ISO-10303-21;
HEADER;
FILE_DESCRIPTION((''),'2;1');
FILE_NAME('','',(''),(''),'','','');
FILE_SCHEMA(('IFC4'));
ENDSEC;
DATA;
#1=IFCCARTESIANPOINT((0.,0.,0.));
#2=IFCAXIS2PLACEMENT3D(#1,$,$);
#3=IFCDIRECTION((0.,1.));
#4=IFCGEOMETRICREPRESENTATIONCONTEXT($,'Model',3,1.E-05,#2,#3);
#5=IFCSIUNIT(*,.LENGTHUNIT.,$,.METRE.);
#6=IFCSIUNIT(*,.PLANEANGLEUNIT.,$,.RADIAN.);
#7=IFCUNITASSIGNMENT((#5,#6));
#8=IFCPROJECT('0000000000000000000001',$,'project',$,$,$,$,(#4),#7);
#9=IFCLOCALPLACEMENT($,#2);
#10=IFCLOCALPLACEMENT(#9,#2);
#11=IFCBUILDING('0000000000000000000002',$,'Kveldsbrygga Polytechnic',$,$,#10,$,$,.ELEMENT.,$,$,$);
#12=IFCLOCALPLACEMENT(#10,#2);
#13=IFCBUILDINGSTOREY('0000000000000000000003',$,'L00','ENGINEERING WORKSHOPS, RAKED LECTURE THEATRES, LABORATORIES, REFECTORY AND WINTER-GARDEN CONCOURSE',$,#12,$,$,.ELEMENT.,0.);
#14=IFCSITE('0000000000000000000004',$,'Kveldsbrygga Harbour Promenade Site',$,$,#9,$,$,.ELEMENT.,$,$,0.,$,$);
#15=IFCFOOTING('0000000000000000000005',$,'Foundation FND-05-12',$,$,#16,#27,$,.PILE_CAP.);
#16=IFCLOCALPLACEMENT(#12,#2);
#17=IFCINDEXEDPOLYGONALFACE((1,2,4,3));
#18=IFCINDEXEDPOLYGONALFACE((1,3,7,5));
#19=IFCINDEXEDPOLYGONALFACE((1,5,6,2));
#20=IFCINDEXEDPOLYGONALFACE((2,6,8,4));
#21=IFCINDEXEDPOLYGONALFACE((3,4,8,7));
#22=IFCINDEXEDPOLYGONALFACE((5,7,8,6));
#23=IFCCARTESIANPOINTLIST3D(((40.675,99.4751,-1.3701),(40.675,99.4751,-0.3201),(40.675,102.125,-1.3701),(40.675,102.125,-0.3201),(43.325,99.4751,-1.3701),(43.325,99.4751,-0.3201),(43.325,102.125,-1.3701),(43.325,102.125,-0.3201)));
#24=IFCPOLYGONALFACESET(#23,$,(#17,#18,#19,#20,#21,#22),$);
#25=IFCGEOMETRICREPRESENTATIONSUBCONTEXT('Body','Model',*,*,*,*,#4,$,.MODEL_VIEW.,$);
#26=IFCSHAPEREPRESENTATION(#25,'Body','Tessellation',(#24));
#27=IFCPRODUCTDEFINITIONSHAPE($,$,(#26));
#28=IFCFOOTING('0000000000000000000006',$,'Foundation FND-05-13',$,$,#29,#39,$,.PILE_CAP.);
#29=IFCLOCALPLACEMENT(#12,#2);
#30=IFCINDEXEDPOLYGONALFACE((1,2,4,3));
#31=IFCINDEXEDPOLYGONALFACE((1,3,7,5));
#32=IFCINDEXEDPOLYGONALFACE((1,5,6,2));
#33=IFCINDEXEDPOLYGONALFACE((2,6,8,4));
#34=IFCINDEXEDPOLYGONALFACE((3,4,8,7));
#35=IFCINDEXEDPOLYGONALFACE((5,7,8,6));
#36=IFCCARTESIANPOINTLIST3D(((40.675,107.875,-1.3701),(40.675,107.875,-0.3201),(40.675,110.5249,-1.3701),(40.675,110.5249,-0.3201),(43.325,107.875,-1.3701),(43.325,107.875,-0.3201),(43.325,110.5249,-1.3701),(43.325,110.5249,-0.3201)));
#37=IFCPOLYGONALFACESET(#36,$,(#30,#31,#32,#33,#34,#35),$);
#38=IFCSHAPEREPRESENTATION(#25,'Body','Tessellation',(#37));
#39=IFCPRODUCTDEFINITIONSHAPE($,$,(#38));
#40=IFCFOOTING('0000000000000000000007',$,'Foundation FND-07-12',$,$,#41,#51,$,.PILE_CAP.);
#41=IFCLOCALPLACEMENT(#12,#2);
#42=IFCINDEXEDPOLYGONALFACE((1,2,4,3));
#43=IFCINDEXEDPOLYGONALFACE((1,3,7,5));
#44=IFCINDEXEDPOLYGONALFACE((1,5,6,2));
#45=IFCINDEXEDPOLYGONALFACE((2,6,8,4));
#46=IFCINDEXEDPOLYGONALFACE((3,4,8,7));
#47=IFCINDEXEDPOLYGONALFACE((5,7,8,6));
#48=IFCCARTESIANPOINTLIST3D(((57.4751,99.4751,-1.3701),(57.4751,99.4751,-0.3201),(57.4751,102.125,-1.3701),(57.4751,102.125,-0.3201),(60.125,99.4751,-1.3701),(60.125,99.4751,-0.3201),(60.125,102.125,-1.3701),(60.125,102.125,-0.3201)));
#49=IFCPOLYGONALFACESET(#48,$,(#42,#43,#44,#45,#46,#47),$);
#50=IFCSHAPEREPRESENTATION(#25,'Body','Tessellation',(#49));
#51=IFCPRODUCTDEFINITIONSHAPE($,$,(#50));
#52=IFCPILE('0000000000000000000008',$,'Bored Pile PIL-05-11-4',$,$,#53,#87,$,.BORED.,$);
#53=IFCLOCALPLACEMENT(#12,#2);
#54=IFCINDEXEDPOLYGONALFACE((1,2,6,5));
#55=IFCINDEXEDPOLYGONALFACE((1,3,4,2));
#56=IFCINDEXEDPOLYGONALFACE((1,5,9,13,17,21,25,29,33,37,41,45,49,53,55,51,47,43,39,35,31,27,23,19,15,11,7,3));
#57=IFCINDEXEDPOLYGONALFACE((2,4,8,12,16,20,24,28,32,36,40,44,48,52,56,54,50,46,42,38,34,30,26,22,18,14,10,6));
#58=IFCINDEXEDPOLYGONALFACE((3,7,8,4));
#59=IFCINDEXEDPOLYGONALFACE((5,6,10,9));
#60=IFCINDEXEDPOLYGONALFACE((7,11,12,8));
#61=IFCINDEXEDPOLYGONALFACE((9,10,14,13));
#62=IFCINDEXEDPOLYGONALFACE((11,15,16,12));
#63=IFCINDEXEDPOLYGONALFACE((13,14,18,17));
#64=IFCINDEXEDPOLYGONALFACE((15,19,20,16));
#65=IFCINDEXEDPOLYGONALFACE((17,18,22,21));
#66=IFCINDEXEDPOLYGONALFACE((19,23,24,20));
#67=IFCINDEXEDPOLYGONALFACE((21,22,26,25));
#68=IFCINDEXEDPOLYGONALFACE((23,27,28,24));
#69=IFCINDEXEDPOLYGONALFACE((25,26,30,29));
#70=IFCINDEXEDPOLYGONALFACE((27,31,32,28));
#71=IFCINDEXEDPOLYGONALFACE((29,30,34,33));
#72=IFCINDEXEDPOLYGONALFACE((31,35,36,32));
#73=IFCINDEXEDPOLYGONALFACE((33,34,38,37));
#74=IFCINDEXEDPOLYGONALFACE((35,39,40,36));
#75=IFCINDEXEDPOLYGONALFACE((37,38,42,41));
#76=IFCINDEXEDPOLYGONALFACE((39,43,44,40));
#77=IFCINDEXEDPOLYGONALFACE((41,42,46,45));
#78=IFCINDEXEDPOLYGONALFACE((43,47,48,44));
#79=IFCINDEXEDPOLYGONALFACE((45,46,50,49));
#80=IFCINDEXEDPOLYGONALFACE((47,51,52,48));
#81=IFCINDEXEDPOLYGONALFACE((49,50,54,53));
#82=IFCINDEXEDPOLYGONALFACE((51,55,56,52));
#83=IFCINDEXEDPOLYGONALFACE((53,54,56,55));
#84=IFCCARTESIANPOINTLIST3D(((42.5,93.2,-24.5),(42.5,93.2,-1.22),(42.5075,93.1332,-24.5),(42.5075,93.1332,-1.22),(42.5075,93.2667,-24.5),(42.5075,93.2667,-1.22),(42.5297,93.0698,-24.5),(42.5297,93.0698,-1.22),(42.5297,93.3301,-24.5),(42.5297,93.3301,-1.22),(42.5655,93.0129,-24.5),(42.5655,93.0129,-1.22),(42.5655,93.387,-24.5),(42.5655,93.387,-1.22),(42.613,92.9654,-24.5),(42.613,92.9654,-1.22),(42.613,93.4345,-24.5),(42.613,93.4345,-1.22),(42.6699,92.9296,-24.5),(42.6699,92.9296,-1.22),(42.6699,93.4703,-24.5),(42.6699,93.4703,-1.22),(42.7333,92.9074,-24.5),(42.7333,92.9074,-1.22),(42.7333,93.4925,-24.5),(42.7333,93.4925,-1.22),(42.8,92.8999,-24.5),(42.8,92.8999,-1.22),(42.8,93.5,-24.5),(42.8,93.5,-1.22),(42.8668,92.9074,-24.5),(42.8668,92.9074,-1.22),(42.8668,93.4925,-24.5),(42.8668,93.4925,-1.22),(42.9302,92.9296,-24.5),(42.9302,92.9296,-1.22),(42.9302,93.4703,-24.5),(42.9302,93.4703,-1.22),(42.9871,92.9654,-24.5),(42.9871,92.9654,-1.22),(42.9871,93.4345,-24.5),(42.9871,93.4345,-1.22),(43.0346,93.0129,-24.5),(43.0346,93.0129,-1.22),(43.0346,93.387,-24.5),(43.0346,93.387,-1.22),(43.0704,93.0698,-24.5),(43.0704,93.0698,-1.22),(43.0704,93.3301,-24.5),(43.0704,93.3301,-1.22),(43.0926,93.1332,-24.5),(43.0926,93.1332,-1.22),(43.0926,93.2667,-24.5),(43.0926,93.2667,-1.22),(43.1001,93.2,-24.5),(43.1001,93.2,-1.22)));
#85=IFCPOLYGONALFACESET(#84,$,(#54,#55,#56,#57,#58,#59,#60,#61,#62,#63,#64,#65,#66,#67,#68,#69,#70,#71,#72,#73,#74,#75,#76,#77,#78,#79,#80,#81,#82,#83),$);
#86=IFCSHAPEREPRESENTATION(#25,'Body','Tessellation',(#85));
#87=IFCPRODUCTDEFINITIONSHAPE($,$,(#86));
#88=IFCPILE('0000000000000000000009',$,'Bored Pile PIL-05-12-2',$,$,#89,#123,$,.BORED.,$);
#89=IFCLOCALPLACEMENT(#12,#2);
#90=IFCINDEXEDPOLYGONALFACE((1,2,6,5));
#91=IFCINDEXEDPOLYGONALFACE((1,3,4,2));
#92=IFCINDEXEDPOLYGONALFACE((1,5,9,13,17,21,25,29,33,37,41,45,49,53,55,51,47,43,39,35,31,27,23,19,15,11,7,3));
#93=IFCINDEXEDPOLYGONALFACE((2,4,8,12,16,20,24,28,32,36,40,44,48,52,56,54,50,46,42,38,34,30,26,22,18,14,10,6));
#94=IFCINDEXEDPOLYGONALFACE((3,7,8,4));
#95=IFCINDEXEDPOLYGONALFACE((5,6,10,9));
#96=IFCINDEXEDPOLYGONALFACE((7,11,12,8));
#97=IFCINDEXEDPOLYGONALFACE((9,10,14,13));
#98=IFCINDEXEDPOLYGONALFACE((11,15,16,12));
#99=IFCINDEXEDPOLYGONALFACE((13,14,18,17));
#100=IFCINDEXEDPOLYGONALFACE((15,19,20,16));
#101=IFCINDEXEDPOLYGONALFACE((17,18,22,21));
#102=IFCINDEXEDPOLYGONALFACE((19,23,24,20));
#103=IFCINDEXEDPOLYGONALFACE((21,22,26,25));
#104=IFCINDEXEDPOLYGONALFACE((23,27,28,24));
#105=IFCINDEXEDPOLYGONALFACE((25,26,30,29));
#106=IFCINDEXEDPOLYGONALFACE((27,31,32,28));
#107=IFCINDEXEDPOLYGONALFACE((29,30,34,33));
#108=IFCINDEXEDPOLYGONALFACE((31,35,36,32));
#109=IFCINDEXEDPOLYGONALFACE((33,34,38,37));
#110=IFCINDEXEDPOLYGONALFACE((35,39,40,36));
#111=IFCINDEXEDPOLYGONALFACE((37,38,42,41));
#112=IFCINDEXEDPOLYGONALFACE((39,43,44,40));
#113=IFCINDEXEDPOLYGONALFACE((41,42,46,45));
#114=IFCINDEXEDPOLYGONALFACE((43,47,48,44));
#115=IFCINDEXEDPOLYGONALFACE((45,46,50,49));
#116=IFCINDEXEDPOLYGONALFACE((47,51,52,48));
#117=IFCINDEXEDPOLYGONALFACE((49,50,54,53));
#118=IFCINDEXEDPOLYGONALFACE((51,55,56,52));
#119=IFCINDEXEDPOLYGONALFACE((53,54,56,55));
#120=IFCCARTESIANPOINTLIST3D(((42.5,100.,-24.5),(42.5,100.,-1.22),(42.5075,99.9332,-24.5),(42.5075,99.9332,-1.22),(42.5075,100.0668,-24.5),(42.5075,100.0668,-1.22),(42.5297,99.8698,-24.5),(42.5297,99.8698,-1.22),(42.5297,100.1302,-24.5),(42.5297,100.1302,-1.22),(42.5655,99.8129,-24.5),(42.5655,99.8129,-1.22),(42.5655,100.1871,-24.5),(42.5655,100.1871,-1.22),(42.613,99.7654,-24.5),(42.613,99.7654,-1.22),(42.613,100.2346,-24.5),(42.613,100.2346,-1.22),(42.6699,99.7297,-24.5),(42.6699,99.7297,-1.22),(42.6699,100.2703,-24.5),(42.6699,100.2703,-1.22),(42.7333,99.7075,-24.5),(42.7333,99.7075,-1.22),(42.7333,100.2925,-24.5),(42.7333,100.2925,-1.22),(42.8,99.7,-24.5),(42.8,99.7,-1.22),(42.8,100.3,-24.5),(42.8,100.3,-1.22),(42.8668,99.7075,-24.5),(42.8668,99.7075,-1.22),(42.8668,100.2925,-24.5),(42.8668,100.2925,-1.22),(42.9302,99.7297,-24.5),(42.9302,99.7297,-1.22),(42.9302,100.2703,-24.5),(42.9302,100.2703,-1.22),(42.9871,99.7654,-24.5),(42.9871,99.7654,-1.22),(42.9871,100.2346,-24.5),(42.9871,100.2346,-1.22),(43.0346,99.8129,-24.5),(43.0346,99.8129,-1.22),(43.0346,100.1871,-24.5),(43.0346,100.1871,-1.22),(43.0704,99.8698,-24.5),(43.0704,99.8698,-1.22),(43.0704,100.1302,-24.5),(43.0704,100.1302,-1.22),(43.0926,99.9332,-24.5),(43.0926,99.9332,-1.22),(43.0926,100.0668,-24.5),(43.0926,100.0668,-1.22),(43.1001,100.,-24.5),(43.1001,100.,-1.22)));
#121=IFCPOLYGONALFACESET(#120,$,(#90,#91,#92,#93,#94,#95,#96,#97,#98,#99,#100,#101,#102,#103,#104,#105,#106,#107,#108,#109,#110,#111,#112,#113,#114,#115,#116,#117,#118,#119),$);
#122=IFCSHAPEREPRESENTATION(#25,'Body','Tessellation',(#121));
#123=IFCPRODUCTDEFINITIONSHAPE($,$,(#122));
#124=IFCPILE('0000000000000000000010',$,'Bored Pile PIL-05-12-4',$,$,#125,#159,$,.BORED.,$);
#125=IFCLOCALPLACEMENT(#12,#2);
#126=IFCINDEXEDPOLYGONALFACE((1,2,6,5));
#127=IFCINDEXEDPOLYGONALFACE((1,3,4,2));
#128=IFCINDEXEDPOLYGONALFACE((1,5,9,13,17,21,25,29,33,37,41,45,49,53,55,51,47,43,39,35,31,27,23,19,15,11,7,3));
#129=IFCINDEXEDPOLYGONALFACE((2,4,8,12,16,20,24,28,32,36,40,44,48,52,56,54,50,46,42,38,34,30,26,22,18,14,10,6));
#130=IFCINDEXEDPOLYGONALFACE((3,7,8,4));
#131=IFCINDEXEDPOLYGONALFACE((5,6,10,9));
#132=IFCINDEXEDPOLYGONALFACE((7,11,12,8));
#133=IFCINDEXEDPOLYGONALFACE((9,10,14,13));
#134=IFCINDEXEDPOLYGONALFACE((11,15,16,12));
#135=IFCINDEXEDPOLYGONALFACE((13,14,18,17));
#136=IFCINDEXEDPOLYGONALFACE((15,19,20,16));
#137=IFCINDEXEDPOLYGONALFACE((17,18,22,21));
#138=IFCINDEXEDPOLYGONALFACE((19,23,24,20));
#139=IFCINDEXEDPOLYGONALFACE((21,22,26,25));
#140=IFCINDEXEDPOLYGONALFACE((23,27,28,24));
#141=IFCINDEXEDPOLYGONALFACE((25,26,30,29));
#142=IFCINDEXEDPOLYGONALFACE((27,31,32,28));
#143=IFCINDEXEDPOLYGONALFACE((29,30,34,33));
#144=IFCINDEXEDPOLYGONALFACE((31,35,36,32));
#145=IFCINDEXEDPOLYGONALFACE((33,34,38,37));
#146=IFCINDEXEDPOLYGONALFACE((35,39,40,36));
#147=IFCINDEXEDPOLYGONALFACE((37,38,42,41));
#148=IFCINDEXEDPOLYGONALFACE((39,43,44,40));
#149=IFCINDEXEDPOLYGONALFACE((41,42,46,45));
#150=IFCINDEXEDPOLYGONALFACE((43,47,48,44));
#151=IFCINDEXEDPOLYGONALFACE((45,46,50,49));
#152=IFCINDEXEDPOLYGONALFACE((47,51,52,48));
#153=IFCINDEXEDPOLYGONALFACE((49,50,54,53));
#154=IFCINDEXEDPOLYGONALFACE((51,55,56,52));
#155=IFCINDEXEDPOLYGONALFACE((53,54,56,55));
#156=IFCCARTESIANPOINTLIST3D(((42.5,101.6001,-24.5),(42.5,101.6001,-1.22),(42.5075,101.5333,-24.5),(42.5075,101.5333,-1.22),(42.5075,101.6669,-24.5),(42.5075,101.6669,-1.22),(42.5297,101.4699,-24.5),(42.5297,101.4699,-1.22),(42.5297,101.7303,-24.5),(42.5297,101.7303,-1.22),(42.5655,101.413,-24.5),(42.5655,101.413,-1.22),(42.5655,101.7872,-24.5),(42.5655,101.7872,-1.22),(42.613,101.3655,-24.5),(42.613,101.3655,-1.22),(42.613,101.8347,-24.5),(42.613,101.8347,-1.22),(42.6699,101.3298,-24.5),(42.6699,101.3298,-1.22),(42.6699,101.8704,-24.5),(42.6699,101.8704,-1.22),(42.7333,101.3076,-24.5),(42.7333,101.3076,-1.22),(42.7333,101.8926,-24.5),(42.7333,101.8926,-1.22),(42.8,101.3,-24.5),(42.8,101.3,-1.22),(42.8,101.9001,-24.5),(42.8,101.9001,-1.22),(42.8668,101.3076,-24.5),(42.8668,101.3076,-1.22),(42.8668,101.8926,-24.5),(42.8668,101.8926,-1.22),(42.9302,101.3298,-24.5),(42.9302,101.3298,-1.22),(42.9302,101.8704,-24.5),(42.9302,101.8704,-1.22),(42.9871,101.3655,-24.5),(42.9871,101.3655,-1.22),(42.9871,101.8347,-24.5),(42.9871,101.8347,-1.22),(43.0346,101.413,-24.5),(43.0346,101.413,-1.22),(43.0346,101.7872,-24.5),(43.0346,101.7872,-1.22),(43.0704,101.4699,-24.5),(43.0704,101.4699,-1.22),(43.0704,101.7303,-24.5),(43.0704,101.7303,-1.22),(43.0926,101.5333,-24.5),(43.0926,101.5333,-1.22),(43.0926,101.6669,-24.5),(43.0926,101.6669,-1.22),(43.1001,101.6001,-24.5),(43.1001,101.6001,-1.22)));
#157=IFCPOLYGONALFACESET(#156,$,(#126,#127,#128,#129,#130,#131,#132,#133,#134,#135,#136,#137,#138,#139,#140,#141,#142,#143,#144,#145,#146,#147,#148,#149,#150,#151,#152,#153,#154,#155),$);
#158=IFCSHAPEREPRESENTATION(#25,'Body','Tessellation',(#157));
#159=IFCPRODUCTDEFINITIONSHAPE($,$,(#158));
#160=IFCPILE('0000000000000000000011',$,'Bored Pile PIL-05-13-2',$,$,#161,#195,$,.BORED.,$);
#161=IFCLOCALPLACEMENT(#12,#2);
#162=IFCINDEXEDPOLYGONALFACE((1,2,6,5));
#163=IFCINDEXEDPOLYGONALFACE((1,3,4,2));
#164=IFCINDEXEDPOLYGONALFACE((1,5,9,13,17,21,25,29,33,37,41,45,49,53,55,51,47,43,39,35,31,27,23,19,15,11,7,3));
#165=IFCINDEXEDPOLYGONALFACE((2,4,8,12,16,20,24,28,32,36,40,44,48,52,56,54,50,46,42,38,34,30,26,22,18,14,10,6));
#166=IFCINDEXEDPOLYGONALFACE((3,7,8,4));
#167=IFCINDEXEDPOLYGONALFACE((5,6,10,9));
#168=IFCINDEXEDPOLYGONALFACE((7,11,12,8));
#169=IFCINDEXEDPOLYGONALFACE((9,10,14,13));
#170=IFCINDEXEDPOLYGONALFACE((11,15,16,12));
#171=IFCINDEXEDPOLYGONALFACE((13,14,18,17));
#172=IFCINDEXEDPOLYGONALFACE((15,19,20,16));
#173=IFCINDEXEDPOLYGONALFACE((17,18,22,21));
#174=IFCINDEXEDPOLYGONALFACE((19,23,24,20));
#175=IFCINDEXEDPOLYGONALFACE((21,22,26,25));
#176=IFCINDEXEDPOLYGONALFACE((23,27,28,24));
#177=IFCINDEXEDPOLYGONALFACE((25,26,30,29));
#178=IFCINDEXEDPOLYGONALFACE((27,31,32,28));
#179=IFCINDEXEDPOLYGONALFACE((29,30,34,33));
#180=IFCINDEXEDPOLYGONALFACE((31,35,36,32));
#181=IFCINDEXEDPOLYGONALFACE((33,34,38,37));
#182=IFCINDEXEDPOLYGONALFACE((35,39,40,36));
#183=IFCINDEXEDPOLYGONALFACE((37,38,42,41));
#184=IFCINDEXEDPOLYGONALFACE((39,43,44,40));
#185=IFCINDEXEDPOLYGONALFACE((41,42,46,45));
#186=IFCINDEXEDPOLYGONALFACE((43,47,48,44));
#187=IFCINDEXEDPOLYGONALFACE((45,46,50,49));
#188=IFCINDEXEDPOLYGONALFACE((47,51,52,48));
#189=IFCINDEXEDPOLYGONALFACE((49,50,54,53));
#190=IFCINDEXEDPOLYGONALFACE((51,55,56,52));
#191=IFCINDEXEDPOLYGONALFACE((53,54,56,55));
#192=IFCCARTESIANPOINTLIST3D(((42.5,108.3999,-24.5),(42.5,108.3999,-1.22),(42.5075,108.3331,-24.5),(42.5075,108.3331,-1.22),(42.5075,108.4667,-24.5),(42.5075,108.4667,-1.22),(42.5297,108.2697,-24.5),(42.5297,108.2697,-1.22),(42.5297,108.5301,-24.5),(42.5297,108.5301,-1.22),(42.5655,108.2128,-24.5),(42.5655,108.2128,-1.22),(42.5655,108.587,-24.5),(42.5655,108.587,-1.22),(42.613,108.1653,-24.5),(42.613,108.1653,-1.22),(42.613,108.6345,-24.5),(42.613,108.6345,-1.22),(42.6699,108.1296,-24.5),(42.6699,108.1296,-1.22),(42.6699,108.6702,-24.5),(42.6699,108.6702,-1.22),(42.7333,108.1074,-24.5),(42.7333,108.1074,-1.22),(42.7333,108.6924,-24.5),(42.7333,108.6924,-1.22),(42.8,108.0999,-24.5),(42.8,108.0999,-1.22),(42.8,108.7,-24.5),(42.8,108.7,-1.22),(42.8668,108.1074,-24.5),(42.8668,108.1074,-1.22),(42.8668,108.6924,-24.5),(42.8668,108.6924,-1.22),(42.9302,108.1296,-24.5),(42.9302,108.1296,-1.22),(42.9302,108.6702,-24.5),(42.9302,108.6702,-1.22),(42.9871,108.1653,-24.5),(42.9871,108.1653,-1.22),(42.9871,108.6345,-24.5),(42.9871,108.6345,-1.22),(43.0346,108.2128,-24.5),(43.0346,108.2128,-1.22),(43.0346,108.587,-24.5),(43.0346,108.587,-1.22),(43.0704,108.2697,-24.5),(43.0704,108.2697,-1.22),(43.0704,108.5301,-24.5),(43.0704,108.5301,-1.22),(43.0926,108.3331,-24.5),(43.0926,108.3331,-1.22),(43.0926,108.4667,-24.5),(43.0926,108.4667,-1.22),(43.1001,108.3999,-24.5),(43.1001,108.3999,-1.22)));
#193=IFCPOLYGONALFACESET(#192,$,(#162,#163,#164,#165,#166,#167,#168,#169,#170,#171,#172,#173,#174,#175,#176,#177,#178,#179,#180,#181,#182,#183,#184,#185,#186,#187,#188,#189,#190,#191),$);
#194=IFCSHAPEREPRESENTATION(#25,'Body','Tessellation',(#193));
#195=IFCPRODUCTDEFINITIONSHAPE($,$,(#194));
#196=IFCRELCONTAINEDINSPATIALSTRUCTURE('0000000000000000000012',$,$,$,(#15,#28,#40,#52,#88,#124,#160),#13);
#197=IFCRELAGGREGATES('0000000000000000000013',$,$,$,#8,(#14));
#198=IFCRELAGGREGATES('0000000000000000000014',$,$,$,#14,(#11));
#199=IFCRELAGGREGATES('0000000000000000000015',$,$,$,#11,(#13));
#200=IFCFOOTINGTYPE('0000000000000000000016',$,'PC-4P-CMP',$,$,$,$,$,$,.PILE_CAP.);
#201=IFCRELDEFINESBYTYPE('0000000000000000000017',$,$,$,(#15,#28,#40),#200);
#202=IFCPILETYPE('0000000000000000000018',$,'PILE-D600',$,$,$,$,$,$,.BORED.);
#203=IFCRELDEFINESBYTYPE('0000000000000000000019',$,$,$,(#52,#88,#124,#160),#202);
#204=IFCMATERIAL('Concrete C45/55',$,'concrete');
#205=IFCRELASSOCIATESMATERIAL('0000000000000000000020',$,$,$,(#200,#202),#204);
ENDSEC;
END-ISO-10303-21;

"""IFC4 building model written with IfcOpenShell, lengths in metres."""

from ifc_helpers import new_model, si_unit, direction, frame, origin, origin_2d, place, context, subcontext, project, spatial, rectangle, circle, extrude, material, material_profile, profile_set, type_object, element, save


model = new_model("IFC4")

# Units and contexts
model_context = context("Model", 3, precision=1e-05, world=origin(), true_north=direction((0.0, 1.0)))
body_context = subcontext(model_context, "Body", "Model", "MODEL_VIEW")
ifc_project = project(units=[si_unit("LENGTHUNIT", "METRE"), si_unit("PLANEANGLEUNIT", "RADIAN")], contexts=[model_context])

# Site, building, storey
site_placement = place(None, origin())
site = spatial("IfcSite", under=ifc_project, at=site_placement, Name="Kveldsbrygga Harbour Promenade Site", CompositionType="ELEMENT", RefElevation=0.0)
building_placement = place(site_placement, origin())
building = spatial("IfcBuilding", under=site, at=building_placement, Name="Kveldsbrygga Polytechnic", CompositionType="ELEMENT")
storey_placement = place(building_placement, origin())
storey = spatial("IfcBuildingStorey", under=building, at=storey_placement, Name="L00", Description="ENGINEERING WORKSHOPS, RAKED LECTURE THEATRES, LABORATORIES, REFECTORY AND WINTER-GARDEN CONCOURSE", CompositionType="ELEMENT", Elevation=0.0)

# Footings
ifc_material_1 = material(Name="Concrete C45/55", Category="concrete")
footing_type = type_object("IfcFootingType", Name="PC-4P-CMP", PredefinedType="PILE_CAP", material=ifc_material_1)
for number, where, z_axis, x_axis, name in (
    (1, (42.0, 100.8, -1.3701), (0.0, 0.0, 1.0), (1.0, 0.0, 0.0), "Foundation FND-05-12"),
    (2, (42.0, 109.2, -1.3701), (0.0, 0.0, 1.0), (1.0, 0.0, 0.0), "Foundation FND-05-13"),
    (3, (58.8, 100.8, -1.3701), (0.0, 0.0, 1.0), (1.0, 0.0, 0.0), "Foundation FND-07-12"),
):
    element("IfcFooting", number, at=place(storey_placement, frame(where, z_axis=z_axis, x_axis=x_axis)), inside=storey, type_object=footing_type, Name=name, PredefinedType="PILE_CAP", context=body_context, shape_type="SweptSolid", body=[
        extrude(rectangle(XDim=2.6499, YDim=2.6499, at=origin_2d()), origin(), (0.0, 0.0, 1.0), 1.05),
    ])

# Piles
ifc_material_profile_1 = material_profile(ifc_material_1, circle(Radius=0.3, at=origin_2d()), Name="PILE D600")
ifc_profile_set_1 = profile_set([ifc_material_profile_1], Name="Concrete C45/55")
pile_type = type_object("IfcPileType", Name="PILE-D600", PredefinedType="BORED", material=ifc_profile_set_1)
for number, where, z_axis, x_axis, name in (
    (4, (42.8, 93.2, -1.22), (0.0, 0.0, -1.0), (1.0, 0.0, 0.0), "Bored Pile PIL-05-11-4"),
    (5, (42.8, 100.0, -1.22), (0.0, 0.0, -1.0), (1.0, 0.0, 0.0), "Bored Pile PIL-05-12-2"),
    (6, (42.8, 101.6001, -1.22), (0.0, 0.0, -1.0), (1.0, 0.0, 0.0), "Bored Pile PIL-05-12-4"),
    (7, (42.8, 108.3999, -1.22), (0.0, 0.0, -1.0), (1.0, 0.0, 0.0), "Bored Pile PIL-05-13-2"),
):
    element("IfcPile", number, at=place(storey_placement, frame(where, z_axis=z_axis, x_axis=x_axis)), inside=storey, type_object=pile_type, Name=name, PredefinedType="BORED", context=body_context, shape_type="SweptSolid", body=[
        extrude(circle(Radius=0.3, at=origin_2d()), origin(), (0.0, 0.0, 1.0), 23.28),
    ])

save(model, "model.ifc")
